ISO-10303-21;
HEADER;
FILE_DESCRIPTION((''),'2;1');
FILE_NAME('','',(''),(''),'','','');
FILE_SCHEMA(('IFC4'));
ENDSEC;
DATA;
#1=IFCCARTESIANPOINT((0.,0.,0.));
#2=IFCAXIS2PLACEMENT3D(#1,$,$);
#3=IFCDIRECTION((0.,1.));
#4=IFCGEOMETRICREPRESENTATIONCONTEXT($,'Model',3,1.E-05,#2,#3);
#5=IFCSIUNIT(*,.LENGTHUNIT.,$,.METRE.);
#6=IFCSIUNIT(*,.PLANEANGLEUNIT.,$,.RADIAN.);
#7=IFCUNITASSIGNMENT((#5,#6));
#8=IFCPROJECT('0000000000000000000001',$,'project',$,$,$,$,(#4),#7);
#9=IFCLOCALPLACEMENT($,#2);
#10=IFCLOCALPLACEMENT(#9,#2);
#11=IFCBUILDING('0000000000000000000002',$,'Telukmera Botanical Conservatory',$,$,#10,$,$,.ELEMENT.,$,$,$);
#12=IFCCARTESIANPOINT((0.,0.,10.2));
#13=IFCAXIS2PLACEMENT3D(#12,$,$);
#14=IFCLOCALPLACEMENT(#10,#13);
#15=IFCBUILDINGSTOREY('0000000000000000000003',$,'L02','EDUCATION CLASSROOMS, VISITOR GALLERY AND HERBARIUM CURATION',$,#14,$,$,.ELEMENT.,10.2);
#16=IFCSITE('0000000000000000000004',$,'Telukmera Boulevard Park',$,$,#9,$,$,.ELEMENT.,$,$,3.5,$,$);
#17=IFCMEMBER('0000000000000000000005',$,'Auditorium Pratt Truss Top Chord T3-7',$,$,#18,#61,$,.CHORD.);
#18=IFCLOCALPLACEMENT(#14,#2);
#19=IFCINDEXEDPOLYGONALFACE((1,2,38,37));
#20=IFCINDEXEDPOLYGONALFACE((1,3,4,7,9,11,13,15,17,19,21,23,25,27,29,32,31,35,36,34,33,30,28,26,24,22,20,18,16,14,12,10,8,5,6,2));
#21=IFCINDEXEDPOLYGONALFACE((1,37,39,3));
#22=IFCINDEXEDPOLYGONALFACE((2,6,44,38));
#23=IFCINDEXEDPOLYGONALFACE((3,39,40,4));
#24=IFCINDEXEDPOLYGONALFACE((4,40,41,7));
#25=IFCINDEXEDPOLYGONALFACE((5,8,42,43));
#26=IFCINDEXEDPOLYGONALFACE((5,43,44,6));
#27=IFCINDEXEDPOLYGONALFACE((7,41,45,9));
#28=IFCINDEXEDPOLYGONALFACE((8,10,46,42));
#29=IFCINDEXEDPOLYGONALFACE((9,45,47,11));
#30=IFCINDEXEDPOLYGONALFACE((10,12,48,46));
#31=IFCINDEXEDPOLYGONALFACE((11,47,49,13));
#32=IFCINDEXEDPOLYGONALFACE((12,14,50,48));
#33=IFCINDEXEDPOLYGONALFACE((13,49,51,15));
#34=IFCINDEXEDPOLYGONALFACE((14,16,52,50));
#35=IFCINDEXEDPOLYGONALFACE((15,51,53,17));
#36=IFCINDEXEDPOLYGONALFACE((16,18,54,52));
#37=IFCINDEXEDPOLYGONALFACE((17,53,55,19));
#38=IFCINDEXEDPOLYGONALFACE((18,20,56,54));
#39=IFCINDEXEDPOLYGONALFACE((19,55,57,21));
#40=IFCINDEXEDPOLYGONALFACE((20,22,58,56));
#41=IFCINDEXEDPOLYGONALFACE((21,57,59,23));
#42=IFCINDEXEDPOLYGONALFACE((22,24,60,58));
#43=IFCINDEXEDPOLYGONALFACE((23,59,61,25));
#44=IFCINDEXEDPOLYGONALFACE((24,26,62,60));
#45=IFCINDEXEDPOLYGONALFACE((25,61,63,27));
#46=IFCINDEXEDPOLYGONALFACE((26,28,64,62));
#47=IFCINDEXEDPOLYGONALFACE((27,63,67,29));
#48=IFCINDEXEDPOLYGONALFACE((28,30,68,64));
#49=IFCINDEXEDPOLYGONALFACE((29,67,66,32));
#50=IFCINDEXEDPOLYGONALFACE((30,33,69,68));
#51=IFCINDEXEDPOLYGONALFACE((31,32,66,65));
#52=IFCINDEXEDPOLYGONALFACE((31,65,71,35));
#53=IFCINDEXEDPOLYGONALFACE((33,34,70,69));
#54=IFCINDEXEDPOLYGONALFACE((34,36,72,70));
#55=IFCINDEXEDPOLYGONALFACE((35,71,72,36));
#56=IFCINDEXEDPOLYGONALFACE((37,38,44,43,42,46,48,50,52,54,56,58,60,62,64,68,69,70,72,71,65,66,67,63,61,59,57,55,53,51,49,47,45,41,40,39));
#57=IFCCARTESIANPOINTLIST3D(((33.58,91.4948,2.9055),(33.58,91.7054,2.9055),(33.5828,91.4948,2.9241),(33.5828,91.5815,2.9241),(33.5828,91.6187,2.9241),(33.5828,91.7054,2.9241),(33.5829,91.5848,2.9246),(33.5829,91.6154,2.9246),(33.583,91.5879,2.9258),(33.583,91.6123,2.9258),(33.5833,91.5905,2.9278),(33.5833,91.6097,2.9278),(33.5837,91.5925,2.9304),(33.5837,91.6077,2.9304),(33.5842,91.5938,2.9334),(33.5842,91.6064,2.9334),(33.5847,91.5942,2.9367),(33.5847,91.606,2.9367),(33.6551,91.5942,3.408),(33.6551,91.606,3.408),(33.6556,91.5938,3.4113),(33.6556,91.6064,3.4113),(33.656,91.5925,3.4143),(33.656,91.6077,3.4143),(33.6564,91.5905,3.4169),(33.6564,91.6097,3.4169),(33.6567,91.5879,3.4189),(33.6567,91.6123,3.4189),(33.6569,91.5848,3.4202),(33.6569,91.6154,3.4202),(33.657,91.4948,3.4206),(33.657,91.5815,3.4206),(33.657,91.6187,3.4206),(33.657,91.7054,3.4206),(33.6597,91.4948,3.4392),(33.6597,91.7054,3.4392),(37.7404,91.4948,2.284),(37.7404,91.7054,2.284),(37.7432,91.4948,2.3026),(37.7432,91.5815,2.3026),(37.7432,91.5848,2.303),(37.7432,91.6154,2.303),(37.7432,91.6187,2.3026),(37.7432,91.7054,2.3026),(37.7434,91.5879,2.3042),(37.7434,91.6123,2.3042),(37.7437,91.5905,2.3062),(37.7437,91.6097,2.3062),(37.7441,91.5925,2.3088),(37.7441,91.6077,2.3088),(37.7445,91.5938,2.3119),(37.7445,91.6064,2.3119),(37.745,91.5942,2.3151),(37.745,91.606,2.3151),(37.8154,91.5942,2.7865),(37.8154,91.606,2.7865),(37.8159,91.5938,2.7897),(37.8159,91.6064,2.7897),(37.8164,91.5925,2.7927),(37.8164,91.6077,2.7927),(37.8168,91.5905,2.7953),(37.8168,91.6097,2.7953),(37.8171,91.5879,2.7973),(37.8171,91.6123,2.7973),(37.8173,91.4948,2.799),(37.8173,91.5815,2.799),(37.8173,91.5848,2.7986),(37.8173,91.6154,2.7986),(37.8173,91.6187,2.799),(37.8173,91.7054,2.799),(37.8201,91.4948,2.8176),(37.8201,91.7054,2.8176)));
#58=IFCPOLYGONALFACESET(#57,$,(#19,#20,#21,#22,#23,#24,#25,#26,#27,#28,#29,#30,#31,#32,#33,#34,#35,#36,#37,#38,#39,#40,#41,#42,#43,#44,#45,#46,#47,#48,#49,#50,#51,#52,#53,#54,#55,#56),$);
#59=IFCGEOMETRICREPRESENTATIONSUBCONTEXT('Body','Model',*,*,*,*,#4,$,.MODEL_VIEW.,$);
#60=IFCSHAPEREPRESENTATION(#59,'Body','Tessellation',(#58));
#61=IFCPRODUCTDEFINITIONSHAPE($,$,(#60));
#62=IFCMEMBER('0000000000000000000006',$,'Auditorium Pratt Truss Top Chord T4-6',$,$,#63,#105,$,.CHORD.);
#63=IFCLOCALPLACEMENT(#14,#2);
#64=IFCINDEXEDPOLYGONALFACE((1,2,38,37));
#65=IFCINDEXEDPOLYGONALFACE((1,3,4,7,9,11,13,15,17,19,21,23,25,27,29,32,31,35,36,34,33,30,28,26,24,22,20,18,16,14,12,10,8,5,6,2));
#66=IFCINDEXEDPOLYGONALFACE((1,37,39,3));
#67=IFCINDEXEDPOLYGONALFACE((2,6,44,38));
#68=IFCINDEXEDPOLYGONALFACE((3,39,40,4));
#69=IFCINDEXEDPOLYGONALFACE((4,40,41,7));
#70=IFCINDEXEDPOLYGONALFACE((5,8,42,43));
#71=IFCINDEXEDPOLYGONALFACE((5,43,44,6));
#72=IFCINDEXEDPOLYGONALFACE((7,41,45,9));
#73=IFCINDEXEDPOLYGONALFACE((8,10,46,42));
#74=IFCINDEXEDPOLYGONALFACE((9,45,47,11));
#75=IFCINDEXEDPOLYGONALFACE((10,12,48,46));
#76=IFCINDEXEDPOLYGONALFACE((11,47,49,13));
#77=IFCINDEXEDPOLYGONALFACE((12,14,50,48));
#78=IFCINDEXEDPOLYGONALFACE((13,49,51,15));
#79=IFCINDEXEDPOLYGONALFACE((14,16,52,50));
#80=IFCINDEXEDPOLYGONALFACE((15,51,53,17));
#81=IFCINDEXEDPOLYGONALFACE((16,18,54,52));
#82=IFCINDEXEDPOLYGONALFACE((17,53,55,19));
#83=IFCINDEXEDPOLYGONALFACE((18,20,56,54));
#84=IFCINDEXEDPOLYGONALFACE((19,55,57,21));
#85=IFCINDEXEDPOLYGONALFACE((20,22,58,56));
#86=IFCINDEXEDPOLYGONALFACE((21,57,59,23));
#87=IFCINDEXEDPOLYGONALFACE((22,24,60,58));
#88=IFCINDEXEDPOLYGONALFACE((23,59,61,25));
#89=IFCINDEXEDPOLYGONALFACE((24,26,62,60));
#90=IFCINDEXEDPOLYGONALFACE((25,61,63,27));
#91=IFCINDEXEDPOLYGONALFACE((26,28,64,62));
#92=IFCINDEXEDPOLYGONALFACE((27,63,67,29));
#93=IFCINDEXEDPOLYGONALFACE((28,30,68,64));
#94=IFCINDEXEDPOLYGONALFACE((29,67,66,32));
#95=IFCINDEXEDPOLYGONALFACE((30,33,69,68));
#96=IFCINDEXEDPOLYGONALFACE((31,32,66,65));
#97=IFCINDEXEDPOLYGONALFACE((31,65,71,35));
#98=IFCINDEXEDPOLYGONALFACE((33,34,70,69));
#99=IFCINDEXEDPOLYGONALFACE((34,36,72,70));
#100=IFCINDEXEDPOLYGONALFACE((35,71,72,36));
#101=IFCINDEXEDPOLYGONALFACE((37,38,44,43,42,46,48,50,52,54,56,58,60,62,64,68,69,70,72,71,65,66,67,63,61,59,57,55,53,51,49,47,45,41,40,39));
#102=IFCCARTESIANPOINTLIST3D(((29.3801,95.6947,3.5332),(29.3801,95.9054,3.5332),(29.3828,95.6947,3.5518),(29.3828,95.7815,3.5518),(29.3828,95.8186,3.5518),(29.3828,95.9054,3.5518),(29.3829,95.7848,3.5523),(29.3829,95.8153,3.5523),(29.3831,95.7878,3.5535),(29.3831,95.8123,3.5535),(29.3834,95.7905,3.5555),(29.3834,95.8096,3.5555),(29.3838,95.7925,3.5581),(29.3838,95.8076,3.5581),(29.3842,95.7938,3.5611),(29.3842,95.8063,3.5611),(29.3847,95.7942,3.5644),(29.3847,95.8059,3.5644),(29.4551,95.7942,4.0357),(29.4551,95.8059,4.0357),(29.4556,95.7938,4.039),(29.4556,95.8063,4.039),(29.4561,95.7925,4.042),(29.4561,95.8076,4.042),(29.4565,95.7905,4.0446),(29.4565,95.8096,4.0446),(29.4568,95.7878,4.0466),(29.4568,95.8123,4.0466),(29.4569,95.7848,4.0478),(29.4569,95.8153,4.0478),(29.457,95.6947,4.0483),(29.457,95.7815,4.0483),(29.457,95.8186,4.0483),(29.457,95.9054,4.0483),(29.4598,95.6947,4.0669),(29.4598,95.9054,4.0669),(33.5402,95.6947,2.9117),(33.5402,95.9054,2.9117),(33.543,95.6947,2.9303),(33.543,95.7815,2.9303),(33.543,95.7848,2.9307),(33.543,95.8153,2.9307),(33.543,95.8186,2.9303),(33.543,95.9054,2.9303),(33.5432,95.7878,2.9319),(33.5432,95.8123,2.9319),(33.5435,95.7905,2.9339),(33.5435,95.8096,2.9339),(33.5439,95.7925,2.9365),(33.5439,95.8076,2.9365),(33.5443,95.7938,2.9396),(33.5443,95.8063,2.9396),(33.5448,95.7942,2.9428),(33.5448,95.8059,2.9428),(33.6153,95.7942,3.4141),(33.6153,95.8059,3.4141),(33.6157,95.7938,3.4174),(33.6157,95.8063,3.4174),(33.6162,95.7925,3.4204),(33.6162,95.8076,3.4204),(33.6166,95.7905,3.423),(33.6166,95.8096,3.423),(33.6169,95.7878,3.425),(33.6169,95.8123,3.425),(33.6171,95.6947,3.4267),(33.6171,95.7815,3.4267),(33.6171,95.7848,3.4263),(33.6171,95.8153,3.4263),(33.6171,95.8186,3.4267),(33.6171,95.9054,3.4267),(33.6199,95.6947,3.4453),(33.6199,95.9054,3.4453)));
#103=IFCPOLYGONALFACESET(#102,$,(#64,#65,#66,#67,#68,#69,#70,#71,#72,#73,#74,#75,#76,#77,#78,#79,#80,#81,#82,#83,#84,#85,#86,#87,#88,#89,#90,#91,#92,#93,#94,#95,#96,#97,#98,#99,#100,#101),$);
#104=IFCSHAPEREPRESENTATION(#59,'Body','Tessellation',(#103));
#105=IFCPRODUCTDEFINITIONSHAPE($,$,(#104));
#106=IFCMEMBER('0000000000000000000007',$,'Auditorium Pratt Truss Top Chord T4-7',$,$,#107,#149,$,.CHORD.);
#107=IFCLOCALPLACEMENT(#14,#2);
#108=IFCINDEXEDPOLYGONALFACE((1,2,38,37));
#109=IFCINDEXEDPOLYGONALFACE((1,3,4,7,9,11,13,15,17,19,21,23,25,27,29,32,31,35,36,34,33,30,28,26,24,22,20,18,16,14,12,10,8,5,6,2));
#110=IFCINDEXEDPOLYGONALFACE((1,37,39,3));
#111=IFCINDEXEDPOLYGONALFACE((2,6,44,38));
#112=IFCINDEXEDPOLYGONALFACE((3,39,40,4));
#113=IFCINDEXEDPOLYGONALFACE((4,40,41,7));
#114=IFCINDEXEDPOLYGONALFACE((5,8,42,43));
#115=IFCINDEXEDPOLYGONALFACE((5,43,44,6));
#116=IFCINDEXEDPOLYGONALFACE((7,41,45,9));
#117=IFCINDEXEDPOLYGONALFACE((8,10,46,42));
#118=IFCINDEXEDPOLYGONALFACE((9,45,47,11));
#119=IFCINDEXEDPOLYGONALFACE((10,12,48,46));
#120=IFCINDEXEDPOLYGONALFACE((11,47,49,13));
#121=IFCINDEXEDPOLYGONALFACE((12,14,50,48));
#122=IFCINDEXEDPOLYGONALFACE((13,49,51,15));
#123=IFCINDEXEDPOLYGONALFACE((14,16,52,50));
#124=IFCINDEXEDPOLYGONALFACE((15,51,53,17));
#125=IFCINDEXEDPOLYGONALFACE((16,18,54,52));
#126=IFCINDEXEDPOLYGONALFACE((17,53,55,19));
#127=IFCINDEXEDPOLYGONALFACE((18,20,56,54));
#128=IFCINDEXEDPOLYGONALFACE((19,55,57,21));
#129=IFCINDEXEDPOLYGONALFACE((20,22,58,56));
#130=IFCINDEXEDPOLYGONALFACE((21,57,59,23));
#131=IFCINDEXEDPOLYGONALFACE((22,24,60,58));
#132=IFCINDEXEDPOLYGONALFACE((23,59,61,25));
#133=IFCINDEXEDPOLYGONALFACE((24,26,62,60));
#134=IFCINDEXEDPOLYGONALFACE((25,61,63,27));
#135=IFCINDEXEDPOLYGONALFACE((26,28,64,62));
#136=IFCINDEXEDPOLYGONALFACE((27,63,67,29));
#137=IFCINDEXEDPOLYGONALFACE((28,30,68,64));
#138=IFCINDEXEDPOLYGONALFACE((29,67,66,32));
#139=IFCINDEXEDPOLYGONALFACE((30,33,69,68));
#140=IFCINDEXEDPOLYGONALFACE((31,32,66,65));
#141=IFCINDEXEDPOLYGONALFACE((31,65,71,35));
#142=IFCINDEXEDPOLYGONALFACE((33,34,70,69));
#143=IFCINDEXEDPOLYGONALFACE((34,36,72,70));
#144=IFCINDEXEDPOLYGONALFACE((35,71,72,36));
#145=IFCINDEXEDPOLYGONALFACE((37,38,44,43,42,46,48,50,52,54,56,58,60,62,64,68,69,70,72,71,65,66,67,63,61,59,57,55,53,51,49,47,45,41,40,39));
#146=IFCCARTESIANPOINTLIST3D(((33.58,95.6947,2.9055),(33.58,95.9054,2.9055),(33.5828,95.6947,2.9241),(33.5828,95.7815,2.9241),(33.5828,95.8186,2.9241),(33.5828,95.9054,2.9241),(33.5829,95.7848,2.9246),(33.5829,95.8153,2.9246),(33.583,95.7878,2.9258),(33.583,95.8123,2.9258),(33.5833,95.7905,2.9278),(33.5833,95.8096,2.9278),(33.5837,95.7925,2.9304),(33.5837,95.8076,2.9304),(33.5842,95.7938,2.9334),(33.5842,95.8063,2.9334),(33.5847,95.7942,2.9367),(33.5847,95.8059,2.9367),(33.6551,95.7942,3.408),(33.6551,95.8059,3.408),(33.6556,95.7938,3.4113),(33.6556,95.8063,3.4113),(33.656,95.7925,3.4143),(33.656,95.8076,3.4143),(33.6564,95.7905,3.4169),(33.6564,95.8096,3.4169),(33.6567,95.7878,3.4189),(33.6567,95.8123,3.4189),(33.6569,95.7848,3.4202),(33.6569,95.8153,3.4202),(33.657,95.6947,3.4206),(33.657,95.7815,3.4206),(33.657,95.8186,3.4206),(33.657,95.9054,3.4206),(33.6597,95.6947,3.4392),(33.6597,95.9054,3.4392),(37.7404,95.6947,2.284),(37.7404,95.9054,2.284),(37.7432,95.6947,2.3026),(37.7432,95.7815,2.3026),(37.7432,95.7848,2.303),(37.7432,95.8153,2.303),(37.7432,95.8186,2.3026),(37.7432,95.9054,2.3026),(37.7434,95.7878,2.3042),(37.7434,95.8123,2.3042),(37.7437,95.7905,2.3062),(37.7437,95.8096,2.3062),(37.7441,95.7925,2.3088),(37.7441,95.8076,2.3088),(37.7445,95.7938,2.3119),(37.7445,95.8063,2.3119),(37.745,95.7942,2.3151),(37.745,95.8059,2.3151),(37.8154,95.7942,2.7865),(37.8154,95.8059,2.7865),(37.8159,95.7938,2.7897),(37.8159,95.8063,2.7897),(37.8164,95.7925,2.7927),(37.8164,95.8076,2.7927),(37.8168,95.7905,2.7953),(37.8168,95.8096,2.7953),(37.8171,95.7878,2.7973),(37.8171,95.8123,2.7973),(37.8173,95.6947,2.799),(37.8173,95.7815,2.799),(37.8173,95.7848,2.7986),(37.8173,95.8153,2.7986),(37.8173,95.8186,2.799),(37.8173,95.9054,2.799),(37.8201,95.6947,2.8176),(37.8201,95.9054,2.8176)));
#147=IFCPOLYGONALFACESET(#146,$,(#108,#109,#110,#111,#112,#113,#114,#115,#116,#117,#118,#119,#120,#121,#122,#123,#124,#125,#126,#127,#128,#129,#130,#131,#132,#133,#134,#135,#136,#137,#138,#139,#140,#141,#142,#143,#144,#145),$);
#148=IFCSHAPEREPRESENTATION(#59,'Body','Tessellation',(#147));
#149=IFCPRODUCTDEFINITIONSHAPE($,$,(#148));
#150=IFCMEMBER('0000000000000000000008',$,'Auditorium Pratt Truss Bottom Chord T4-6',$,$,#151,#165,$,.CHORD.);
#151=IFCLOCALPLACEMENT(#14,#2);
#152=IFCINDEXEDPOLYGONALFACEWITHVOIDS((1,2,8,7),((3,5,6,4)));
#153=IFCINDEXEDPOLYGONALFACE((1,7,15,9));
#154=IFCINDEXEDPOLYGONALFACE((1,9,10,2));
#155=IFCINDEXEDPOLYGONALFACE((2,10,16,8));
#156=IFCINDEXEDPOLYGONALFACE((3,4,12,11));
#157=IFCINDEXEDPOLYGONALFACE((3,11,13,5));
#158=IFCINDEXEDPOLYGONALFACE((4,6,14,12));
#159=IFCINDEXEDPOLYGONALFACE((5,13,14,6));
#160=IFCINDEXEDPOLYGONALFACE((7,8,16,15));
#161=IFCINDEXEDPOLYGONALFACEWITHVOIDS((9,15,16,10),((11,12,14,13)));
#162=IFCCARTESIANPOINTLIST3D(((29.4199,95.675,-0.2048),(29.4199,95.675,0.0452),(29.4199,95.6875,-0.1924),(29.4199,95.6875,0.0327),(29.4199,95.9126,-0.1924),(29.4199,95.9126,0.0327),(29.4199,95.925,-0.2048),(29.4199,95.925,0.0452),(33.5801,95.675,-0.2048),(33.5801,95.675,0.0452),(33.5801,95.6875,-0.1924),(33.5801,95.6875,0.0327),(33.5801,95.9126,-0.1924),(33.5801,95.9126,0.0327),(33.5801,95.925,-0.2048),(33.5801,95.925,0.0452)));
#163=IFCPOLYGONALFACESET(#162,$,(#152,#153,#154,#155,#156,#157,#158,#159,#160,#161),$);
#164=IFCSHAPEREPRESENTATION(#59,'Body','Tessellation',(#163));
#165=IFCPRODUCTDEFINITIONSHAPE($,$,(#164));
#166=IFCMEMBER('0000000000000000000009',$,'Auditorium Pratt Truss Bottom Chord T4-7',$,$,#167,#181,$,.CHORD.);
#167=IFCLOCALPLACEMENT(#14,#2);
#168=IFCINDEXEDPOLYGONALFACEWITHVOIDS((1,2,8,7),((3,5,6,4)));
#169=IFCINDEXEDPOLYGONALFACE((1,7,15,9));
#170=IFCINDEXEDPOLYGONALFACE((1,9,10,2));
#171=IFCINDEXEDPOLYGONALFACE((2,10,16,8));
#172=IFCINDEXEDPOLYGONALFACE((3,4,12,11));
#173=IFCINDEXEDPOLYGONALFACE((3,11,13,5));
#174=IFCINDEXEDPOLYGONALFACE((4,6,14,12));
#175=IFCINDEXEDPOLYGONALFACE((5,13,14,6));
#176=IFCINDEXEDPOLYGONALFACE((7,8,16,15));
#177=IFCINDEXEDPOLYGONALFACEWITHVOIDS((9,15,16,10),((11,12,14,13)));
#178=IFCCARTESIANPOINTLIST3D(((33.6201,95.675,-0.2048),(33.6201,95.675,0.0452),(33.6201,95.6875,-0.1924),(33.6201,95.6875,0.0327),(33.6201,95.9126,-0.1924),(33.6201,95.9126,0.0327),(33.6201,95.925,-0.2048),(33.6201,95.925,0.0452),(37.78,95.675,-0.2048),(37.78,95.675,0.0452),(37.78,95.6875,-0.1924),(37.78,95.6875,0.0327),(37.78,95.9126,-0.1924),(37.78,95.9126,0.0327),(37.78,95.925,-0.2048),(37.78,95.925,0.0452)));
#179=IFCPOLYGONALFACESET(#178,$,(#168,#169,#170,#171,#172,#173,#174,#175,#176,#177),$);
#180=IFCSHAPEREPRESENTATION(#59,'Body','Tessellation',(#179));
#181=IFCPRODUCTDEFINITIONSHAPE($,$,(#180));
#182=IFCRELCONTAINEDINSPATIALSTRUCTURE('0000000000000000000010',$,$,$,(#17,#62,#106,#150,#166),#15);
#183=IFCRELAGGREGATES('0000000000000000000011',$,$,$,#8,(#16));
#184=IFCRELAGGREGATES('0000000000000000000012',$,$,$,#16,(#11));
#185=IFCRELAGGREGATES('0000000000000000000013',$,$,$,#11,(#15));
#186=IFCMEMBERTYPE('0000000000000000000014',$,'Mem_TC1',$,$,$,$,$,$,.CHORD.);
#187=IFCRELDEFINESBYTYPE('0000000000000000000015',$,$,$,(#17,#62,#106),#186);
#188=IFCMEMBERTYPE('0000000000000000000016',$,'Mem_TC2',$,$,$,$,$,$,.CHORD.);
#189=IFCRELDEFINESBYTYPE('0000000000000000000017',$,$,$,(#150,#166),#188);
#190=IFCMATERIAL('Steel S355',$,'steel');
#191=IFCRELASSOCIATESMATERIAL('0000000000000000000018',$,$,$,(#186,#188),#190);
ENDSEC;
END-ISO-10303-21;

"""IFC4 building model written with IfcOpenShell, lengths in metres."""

from ifc_helpers import new_model, si_unit, direction, frame, origin, origin_2d, place, context, subcontext, project, spatial, hollow_rectangle, i_section, extrude, material, material_profile, profile_set, type_object, element, save


model = new_model("IFC4")

# Units and contexts
model_context = context("Model", 3, precision=1e-05, world=origin(), true_north=direction((0.0, 1.0)))
body_context = subcontext(model_context, "Body", "Model", "MODEL_VIEW")
ifc_project = project(units=[si_unit("LENGTHUNIT", "METRE"), si_unit("PLANEANGLEUNIT", "RADIAN")], contexts=[model_context])

# Site, building, storey
site_placement = place(None, origin())
site = spatial("IfcSite", under=ifc_project, at=site_placement, Name="Telukmera Boulevard Park", CompositionType="ELEMENT", RefElevation=3.5)
building_placement = place(site_placement, origin())
building = spatial("IfcBuilding", under=site, at=building_placement, Name="Telukmera Botanical Conservatory", CompositionType="ELEMENT")
storey_placement = place(building_placement, frame((0.0, 0.0, 10.2)))
storey = spatial("IfcBuildingStorey", under=building, at=storey_placement, Name="L02", Description="EDUCATION CLASSROOMS, VISITOR GALLERY AND HERBARIUM CURATION", CompositionType="ELEMENT", Elevation=10.2)

# Members
ifc_material = material(Name="Steel S355", Category="steel")
ifc_material_profile_1 = material_profile(ifc_material, i_section(OverallWidth=0.2107, OverallDepth=0.5396, WebThickness=0.0117, FlangeThickness=0.0188, FilletRadius=0.0127, at=origin_2d()), Name="UB 533x210x109")
ifc_profile_set_1 = profile_set([ifc_material_profile_1], Name="Steel S355")
member_type_1 = type_object("IfcMemberType", Name="Mem_TC1", PredefinedType="CHORD", material=ifc_profile_set_1)
member_1_placement = place(storey_placement, frame((33.6199, 91.6001, 3.1724), z_axis=(0.989023, 0.0, -0.147764), x_axis=(0.0, 1.0, 0.0)))
element("IfcMember", 1, at=member_1_placement, inside=storey, type_object=member_type_1, Name="Auditorium Pratt Truss Top Chord T3-7", PredefinedType="CHORD", context=body_context, shape_type="SweptSolid", body=[
    extrude(i_section(OverallWidth=0.2107, OverallDepth=0.5396, WebThickness=0.0117, FlangeThickness=0.0188, FilletRadius=0.0127, at=origin_2d()), origin(), (0.0, 0.0, 1.0), 4.2065),
])
member_2_placement = place(storey_placement, frame((29.4199, 95.8, 3.8), z_axis=(0.989021, 0.0, -0.147773), x_axis=(0.0, 1.0, 0.0)))
element("IfcMember", 2, at=member_2_placement, inside=storey, type_object=member_type_1, Name="Auditorium Pratt Truss Top Chord T4-6", PredefinedType="CHORD", context=body_context, shape_type="SweptSolid", body=[
    extrude(i_section(OverallWidth=0.2107, OverallDepth=0.5396, WebThickness=0.0117, FlangeThickness=0.0188, FilletRadius=0.0127, at=origin_2d()), origin(), (0.0, 0.0, 1.0), 4.2063),
])
member_3_placement = place(storey_placement, frame((33.6199, 95.8, 3.1724), z_axis=(0.989023, 0.0, -0.147764), x_axis=(0.0, 1.0, 0.0)))
element("IfcMember", 3, at=member_3_placement, inside=storey, type_object=member_type_1, Name="Auditorium Pratt Truss Top Chord T4-7", PredefinedType="CHORD", context=body_context, shape_type="SweptSolid", body=[
    extrude(i_section(OverallWidth=0.2107, OverallDepth=0.5396, WebThickness=0.0117, FlangeThickness=0.0188, FilletRadius=0.0127, at=origin_2d()), origin(), (0.0, 0.0, 1.0), 4.2065),
])
ifc_material_profile_2 = material_profile(ifc_material, hollow_rectangle(XDim=0.25, YDim=0.25, WallThickness=0.0125, at=origin_2d()), Name="SHS 250x250x12.5")
ifc_profile_set_2 = profile_set([ifc_material_profile_2], Name="Steel S355")
member_type_2 = type_object("IfcMemberType", Name="Mem_TC2", PredefinedType="CHORD", material=ifc_profile_set_2)
member_4_placement = place(storey_placement, frame((29.4199, 95.8, -0.0798), z_axis=(1.0, 0.0, 0.0), x_axis=(0.0, 1.0, 0.0)))
element("IfcMember", 4, at=member_4_placement, inside=storey, type_object=member_type_2, Name="Auditorium Pratt Truss Bottom Chord T4-6", PredefinedType="CHORD", context=body_context, shape_type="SweptSolid", body=[
    extrude(hollow_rectangle(XDim=0.25, YDim=0.25, WallThickness=0.0125, at=origin_2d()), origin(), (0.0, 0.0, 1.0), 4.1602),
])
member_5_placement = place(storey_placement, frame((33.6201, 95.8, -0.0798), z_axis=(1.0, 0.0, 0.0), x_axis=(0.0, 1.0, 0.0)))
element("IfcMember", 5, at=member_5_placement, inside=storey, type_object=member_type_2, Name="Auditorium Pratt Truss Bottom Chord T4-7", PredefinedType="CHORD", context=body_context, shape_type="SweptSolid", body=[
    extrude(hollow_rectangle(XDim=0.25, YDim=0.25, WallThickness=0.0125, at=origin_2d()), origin(), (0.0, 0.0, 1.0), 4.1599),
])

save(model, "model.ifc")
